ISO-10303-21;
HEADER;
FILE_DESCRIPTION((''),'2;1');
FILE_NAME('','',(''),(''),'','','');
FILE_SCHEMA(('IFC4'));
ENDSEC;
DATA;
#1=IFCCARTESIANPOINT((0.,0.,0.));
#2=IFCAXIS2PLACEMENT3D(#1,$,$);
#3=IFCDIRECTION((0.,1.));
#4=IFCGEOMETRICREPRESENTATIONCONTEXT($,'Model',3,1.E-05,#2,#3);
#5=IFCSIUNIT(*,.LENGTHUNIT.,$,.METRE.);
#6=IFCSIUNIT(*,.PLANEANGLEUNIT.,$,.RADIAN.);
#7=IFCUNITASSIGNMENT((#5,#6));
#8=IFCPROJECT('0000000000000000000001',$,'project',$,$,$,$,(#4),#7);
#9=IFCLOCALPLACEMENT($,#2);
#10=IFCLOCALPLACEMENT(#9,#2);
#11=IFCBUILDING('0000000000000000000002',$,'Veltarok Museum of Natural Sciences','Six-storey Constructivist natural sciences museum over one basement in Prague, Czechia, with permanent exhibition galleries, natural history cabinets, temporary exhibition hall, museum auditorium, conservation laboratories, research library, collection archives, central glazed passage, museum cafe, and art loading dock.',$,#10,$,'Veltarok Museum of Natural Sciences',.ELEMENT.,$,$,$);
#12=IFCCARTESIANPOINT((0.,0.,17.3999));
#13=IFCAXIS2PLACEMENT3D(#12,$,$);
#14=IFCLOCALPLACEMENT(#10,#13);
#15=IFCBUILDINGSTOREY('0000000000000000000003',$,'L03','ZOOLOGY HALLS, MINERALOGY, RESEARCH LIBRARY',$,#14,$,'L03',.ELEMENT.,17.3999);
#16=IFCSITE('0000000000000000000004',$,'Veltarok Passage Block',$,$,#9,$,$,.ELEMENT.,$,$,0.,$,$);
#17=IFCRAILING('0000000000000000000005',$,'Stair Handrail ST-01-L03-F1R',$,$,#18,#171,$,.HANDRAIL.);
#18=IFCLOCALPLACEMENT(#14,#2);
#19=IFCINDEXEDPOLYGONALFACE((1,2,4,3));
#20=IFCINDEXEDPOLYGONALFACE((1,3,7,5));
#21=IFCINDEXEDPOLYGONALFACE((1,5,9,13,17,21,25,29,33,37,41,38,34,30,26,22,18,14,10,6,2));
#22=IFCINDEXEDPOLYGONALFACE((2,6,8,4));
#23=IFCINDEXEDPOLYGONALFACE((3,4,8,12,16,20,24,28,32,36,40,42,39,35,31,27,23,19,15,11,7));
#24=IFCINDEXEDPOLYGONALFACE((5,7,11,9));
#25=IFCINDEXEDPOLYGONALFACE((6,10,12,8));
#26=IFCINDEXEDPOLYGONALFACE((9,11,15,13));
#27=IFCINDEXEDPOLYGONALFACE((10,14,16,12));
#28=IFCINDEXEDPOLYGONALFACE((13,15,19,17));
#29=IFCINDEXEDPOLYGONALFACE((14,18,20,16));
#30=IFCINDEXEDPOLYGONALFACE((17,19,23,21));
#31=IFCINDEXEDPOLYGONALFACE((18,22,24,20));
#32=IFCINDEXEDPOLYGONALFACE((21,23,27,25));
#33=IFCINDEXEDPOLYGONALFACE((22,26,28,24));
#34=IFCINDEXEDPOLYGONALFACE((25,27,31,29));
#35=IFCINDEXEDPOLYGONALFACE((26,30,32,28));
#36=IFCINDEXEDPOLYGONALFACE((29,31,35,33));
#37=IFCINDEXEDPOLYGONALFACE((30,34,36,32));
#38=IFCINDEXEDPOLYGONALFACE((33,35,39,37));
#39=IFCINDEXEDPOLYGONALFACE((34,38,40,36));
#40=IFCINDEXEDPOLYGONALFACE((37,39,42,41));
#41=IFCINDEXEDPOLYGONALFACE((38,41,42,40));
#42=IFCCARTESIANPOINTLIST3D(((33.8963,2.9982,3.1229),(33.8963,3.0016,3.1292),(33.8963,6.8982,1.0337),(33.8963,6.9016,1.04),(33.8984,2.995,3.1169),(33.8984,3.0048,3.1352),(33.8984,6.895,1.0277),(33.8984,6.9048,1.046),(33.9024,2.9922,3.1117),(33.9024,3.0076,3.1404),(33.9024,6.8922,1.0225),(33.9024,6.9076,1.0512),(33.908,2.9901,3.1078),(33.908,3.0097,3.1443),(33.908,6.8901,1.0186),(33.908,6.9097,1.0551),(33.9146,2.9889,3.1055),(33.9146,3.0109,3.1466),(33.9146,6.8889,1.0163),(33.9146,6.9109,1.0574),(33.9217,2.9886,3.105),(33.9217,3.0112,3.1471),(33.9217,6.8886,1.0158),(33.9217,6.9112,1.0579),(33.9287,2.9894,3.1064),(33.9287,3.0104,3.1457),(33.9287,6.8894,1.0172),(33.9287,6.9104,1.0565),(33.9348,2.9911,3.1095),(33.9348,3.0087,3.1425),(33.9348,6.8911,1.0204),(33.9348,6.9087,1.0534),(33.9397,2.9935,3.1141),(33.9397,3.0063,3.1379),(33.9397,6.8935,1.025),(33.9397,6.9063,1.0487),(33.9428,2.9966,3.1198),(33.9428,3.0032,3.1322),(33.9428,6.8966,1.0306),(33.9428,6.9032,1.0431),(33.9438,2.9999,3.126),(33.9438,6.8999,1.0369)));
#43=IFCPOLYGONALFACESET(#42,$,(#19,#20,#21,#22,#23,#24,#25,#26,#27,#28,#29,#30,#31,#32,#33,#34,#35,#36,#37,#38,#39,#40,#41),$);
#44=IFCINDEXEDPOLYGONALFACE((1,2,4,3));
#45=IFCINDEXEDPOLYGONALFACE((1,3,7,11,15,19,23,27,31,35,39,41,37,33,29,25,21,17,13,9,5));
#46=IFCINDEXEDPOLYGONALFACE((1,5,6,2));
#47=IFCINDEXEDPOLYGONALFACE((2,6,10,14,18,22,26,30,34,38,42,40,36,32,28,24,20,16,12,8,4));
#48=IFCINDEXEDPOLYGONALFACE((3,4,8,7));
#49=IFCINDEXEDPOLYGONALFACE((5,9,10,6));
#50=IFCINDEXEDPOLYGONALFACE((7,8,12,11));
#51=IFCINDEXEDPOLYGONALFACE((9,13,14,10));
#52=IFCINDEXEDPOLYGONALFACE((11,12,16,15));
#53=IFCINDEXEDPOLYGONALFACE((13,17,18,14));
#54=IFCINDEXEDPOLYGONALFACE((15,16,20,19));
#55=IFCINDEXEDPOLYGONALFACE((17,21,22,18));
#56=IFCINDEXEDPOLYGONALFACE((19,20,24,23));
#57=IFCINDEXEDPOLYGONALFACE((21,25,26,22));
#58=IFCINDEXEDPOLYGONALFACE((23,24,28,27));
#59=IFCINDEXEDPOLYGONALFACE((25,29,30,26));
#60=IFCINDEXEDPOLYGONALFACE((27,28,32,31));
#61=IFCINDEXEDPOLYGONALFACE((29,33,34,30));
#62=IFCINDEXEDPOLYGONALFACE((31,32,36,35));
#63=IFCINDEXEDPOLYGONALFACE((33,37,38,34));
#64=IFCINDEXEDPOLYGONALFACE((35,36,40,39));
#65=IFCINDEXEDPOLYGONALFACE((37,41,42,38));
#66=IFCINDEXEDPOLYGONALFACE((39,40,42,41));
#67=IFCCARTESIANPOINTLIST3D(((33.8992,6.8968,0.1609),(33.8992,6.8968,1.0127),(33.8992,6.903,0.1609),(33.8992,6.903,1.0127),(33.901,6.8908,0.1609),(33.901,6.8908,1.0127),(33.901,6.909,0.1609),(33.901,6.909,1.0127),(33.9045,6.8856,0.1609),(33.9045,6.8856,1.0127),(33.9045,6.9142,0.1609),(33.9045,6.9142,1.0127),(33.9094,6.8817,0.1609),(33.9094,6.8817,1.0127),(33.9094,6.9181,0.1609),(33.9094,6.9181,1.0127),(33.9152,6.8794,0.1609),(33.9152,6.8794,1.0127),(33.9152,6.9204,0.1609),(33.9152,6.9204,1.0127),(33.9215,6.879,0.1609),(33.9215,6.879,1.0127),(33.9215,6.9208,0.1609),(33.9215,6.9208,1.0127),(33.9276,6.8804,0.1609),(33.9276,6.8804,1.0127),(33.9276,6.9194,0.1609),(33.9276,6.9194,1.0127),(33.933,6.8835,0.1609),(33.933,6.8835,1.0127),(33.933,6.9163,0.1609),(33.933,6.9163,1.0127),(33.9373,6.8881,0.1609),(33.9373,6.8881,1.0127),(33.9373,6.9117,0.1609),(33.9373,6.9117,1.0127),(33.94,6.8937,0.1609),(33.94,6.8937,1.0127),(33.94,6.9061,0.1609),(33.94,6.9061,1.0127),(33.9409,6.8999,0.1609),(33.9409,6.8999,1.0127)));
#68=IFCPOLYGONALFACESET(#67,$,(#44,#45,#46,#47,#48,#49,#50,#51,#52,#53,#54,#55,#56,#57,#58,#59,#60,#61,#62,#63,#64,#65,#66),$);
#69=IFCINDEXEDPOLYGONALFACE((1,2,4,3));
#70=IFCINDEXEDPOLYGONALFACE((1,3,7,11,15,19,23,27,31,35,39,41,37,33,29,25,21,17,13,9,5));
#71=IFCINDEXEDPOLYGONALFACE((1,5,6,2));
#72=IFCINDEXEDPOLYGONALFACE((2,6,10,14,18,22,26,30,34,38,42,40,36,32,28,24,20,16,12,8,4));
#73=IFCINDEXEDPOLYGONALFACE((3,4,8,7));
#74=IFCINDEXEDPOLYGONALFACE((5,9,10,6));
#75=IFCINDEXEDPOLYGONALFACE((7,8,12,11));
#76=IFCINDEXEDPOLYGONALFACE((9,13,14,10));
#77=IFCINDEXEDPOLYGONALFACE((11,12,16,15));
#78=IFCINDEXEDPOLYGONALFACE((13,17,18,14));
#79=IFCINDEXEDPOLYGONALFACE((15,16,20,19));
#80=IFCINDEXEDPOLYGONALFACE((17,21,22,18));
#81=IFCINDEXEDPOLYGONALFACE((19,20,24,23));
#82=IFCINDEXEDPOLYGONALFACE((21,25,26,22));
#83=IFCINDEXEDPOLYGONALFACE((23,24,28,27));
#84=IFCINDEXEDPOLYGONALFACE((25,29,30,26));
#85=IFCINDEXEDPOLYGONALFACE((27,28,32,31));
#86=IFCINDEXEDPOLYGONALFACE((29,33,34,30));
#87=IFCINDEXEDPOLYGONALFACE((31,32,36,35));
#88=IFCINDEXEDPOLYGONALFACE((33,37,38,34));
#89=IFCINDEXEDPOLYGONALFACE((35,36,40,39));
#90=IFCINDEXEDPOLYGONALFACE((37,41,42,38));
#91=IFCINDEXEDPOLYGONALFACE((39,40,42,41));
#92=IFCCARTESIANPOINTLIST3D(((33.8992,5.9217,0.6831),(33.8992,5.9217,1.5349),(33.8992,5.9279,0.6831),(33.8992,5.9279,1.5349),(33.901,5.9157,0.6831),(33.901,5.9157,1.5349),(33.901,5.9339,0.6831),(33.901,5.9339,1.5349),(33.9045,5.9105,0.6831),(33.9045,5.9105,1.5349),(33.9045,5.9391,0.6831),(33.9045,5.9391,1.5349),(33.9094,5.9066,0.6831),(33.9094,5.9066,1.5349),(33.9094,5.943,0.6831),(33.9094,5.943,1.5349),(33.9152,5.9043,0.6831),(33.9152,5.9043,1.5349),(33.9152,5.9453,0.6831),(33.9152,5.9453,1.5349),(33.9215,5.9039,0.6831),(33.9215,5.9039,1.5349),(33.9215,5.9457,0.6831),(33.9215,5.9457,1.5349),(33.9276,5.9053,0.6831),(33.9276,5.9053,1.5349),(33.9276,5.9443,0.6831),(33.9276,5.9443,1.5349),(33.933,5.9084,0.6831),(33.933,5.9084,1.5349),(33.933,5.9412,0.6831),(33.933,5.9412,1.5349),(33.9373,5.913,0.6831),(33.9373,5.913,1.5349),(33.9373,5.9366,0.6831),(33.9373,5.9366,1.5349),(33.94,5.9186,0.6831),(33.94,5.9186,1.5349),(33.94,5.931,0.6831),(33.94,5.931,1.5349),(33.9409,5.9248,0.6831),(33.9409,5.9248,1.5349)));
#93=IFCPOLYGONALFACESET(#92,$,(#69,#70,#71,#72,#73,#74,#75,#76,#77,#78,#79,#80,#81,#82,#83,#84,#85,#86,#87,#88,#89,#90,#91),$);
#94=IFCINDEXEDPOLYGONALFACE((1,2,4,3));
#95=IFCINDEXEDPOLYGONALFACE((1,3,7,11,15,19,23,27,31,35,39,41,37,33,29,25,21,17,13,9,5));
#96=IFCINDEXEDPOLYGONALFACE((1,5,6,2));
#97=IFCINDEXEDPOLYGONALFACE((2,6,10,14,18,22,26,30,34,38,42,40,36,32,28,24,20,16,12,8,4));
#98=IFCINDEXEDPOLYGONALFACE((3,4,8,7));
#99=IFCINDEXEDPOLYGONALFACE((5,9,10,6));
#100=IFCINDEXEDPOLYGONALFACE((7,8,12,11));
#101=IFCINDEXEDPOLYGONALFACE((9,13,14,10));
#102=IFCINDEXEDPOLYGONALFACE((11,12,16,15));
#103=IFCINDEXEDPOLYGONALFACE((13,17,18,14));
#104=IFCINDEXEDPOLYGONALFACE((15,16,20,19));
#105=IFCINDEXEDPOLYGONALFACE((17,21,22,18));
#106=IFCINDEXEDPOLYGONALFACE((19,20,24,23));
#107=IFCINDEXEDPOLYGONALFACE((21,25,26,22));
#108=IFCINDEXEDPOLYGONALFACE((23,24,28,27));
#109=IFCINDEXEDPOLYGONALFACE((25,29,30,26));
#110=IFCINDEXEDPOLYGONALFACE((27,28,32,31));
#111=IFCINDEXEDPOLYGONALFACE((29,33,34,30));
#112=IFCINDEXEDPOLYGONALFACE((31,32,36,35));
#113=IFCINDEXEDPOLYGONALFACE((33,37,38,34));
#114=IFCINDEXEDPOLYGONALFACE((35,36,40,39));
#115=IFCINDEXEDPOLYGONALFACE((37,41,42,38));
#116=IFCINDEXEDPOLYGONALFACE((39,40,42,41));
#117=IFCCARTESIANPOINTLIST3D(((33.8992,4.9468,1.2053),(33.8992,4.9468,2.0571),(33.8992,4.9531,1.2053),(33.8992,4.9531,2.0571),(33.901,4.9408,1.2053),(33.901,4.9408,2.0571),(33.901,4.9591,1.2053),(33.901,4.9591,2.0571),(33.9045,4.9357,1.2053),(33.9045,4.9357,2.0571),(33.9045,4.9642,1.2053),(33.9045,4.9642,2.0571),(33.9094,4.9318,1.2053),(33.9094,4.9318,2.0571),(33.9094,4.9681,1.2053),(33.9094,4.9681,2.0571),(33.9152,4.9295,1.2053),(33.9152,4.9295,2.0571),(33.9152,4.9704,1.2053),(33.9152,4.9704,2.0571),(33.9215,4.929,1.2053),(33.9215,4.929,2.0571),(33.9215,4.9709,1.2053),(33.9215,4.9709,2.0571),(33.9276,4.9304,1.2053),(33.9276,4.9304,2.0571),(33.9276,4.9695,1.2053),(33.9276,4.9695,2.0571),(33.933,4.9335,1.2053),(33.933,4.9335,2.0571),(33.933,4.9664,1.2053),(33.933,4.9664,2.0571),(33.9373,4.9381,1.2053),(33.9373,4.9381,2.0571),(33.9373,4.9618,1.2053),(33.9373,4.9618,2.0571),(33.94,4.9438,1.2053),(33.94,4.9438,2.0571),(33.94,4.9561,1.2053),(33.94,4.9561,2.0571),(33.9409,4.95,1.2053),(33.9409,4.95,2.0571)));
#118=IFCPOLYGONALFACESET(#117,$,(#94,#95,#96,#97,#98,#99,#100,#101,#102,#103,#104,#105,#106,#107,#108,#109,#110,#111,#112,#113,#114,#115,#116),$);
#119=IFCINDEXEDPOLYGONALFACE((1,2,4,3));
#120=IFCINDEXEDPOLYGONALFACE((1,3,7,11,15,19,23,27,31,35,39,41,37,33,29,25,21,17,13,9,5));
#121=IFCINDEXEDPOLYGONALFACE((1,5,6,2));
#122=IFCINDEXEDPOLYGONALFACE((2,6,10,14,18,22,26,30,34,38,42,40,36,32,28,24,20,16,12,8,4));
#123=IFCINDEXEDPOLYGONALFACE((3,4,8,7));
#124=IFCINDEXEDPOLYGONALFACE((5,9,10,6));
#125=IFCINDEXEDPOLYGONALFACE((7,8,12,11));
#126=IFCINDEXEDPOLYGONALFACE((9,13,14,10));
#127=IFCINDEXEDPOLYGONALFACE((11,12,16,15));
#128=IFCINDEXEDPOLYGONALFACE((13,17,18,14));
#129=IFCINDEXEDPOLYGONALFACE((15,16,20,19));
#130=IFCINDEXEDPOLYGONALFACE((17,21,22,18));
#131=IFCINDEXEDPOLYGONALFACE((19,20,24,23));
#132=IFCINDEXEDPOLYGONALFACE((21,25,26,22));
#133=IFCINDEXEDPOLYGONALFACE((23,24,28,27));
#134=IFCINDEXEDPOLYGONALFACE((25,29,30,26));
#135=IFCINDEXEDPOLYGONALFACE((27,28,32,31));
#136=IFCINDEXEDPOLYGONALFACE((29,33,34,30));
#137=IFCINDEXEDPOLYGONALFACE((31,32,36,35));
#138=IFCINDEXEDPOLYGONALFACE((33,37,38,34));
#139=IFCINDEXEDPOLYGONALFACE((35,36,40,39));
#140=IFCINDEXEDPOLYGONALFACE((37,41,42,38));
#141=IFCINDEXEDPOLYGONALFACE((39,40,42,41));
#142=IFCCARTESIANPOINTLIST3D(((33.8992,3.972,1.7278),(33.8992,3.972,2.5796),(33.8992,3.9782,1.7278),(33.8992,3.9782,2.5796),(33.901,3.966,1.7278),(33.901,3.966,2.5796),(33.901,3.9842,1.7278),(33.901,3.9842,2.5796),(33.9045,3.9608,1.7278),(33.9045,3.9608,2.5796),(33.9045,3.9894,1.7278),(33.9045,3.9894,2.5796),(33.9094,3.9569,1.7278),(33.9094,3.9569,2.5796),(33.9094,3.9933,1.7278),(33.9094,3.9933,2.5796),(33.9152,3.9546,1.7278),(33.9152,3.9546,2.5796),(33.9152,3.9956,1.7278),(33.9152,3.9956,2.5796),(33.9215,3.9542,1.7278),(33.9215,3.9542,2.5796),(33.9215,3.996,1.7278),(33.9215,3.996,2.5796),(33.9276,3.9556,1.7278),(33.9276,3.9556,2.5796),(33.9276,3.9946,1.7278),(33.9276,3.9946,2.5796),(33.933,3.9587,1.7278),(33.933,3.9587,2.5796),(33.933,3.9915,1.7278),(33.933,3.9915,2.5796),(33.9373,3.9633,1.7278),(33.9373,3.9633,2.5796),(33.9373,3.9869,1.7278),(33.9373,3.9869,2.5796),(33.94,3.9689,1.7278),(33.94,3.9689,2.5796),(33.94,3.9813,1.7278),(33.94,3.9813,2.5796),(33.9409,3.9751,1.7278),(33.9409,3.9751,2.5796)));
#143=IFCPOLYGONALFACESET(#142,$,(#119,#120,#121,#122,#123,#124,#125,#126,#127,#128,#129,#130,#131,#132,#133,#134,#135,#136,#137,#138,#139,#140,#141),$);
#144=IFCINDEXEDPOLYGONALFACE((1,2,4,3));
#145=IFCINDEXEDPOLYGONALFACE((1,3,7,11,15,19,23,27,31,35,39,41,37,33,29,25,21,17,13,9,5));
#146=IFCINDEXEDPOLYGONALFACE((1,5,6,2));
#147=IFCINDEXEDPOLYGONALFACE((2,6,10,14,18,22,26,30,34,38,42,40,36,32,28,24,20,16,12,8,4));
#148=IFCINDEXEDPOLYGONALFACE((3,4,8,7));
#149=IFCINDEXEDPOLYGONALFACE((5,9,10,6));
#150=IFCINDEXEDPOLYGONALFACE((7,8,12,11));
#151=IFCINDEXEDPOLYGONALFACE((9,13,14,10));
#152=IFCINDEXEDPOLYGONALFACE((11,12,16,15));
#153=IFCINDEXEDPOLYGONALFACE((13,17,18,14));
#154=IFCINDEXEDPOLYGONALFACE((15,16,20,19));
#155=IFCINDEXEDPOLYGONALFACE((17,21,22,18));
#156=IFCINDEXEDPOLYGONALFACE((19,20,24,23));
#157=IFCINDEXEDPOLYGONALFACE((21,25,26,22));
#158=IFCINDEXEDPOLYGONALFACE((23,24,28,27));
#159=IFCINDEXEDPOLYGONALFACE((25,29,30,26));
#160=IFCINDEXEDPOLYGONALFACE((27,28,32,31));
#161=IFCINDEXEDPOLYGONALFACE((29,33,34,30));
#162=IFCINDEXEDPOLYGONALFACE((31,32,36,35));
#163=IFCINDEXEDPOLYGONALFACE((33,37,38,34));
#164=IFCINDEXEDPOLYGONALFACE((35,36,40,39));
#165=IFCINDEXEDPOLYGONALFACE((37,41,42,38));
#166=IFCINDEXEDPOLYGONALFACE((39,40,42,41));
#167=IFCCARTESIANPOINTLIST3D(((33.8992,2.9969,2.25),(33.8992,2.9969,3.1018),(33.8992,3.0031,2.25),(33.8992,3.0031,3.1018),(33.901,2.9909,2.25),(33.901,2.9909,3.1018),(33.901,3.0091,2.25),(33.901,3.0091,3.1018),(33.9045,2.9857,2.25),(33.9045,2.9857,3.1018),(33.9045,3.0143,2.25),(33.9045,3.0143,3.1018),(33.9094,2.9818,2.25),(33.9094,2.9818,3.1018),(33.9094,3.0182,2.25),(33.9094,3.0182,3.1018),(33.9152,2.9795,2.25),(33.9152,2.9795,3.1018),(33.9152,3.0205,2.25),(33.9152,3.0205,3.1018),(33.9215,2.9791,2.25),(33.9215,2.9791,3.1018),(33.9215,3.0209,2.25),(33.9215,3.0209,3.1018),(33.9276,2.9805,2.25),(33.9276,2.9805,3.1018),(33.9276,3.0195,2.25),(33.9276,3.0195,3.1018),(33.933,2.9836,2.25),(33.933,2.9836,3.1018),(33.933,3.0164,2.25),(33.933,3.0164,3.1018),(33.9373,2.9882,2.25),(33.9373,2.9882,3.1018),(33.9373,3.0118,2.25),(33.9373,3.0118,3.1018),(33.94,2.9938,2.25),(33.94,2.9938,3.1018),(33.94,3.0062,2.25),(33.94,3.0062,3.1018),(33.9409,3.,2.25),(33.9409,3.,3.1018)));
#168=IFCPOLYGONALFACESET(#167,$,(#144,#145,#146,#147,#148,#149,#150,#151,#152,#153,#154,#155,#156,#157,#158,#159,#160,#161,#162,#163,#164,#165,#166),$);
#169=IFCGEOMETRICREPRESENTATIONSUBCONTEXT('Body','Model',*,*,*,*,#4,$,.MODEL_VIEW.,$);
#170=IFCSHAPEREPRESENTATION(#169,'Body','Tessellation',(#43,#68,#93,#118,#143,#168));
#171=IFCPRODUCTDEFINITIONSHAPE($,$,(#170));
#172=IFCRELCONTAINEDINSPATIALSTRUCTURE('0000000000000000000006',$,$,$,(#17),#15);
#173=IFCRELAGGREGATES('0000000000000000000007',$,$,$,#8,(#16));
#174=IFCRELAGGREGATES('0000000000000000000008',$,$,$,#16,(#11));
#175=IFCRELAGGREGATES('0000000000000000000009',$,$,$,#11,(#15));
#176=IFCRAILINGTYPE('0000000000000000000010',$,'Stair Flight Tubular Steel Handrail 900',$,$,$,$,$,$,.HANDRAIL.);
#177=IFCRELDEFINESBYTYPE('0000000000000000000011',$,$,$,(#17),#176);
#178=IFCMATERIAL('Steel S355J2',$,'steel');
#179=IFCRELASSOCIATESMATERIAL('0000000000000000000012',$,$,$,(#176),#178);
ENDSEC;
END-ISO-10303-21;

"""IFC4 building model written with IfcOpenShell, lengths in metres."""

from ifc_helpers import new_model, si_unit, direction, frame, origin, origin_2d, place, context, subcontext, project, spatial, circle, extrude, material, type_object, element, save


model = new_model("IFC4")

# Units and contexts
model_context = context("Model", 3, precision=1e-05, world=origin(), true_north=direction((0.0, 1.0)))
body_context = subcontext(model_context, "Body", "Model", "MODEL_VIEW")
ifc_project = project(units=[si_unit("LENGTHUNIT", "METRE"), si_unit("PLANEANGLEUNIT", "RADIAN")], contexts=[model_context])

# Site, building, storey
site_placement = place(None, origin())
site = spatial("IfcSite", under=ifc_project, at=site_placement, Name="Veltarok Passage Block", CompositionType="ELEMENT", RefElevation=0.0)
building_placement = place(site_placement, origin())
building = spatial("IfcBuilding", under=site, at=building_placement, Name="Veltarok Museum of Natural Sciences", Description="Six-storey Constructivist natural sciences museum over one basement in Prague, Czechia, with permanent exhibition galleries, natural history cabinets, temporary exhibition hall, museum auditorium, conservation laboratories, research library, collection archives, central glazed passage, museum cafe, and art loading dock.", LongName="Veltarok Museum of Natural Sciences", CompositionType="ELEMENT")
storey_placement = place(building_placement, frame((0.0, 0.0, 17.3999)))
storey = spatial("IfcBuildingStorey", under=building, at=storey_placement, Name="L03", Description="ZOOLOGY HALLS, MINERALOGY, RESEARCH LIBRARY", LongName="L03", CompositionType="ELEMENT", Elevation=17.3999)

# Shared definitions
ifc_material_1 = material(Name="Steel S355J2", Category="steel")

# Railing
railing_type_1 = type_object("IfcRailingType", Name="Stair Flight Tubular Steel Handrail 900", PredefinedType="HANDRAIL", material=ifc_material_1)
railing_placement = place(storey_placement, frame((33.9199, 6.8999, 0.1609)))
element("IfcRailing", 1, at=railing_placement, inside=storey, type_object=railing_type_1, Name="Stair Handrail ST-01-L03-F1R", PredefinedType="HANDRAIL", context=body_context, shape_type="SweptSolid", body=[
    extrude(circle(Radius=0.0239, at=origin_2d()), frame((0.0, 0.0, 0.876), z_axis=(0.0, -0.881491, 0.4722), x_axis=(1.0, 0.0, 0.0)), (0.0, 0.0, 1.0), 4.4243),
    extrude(circle(Radius=0.021, at=origin_2d()), origin(), (0.0, 0.0, 1.0), 0.8518),
    extrude(circle(Radius=0.021, at=origin_2d()), frame((0.0, -0.9751, 0.5222)), (0.0, 0.0, 1.0), 0.8518),
    extrude(circle(Radius=0.021, at=origin_2d()), frame((0.0, -1.95, 1.0444)), (0.0, 0.0, 1.0), 0.8518),
    extrude(circle(Radius=0.021, at=origin_2d()), frame((0.0, -2.9248, 1.5669)), (0.0, 0.0, 1.0), 0.8518),
    extrude(circle(Radius=0.021, at=origin_2d()), frame((0.0, -3.8999, 2.0891)), (0.0, 0.0, 1.0), 0.8518),
])

save(model, "model.ifc")
